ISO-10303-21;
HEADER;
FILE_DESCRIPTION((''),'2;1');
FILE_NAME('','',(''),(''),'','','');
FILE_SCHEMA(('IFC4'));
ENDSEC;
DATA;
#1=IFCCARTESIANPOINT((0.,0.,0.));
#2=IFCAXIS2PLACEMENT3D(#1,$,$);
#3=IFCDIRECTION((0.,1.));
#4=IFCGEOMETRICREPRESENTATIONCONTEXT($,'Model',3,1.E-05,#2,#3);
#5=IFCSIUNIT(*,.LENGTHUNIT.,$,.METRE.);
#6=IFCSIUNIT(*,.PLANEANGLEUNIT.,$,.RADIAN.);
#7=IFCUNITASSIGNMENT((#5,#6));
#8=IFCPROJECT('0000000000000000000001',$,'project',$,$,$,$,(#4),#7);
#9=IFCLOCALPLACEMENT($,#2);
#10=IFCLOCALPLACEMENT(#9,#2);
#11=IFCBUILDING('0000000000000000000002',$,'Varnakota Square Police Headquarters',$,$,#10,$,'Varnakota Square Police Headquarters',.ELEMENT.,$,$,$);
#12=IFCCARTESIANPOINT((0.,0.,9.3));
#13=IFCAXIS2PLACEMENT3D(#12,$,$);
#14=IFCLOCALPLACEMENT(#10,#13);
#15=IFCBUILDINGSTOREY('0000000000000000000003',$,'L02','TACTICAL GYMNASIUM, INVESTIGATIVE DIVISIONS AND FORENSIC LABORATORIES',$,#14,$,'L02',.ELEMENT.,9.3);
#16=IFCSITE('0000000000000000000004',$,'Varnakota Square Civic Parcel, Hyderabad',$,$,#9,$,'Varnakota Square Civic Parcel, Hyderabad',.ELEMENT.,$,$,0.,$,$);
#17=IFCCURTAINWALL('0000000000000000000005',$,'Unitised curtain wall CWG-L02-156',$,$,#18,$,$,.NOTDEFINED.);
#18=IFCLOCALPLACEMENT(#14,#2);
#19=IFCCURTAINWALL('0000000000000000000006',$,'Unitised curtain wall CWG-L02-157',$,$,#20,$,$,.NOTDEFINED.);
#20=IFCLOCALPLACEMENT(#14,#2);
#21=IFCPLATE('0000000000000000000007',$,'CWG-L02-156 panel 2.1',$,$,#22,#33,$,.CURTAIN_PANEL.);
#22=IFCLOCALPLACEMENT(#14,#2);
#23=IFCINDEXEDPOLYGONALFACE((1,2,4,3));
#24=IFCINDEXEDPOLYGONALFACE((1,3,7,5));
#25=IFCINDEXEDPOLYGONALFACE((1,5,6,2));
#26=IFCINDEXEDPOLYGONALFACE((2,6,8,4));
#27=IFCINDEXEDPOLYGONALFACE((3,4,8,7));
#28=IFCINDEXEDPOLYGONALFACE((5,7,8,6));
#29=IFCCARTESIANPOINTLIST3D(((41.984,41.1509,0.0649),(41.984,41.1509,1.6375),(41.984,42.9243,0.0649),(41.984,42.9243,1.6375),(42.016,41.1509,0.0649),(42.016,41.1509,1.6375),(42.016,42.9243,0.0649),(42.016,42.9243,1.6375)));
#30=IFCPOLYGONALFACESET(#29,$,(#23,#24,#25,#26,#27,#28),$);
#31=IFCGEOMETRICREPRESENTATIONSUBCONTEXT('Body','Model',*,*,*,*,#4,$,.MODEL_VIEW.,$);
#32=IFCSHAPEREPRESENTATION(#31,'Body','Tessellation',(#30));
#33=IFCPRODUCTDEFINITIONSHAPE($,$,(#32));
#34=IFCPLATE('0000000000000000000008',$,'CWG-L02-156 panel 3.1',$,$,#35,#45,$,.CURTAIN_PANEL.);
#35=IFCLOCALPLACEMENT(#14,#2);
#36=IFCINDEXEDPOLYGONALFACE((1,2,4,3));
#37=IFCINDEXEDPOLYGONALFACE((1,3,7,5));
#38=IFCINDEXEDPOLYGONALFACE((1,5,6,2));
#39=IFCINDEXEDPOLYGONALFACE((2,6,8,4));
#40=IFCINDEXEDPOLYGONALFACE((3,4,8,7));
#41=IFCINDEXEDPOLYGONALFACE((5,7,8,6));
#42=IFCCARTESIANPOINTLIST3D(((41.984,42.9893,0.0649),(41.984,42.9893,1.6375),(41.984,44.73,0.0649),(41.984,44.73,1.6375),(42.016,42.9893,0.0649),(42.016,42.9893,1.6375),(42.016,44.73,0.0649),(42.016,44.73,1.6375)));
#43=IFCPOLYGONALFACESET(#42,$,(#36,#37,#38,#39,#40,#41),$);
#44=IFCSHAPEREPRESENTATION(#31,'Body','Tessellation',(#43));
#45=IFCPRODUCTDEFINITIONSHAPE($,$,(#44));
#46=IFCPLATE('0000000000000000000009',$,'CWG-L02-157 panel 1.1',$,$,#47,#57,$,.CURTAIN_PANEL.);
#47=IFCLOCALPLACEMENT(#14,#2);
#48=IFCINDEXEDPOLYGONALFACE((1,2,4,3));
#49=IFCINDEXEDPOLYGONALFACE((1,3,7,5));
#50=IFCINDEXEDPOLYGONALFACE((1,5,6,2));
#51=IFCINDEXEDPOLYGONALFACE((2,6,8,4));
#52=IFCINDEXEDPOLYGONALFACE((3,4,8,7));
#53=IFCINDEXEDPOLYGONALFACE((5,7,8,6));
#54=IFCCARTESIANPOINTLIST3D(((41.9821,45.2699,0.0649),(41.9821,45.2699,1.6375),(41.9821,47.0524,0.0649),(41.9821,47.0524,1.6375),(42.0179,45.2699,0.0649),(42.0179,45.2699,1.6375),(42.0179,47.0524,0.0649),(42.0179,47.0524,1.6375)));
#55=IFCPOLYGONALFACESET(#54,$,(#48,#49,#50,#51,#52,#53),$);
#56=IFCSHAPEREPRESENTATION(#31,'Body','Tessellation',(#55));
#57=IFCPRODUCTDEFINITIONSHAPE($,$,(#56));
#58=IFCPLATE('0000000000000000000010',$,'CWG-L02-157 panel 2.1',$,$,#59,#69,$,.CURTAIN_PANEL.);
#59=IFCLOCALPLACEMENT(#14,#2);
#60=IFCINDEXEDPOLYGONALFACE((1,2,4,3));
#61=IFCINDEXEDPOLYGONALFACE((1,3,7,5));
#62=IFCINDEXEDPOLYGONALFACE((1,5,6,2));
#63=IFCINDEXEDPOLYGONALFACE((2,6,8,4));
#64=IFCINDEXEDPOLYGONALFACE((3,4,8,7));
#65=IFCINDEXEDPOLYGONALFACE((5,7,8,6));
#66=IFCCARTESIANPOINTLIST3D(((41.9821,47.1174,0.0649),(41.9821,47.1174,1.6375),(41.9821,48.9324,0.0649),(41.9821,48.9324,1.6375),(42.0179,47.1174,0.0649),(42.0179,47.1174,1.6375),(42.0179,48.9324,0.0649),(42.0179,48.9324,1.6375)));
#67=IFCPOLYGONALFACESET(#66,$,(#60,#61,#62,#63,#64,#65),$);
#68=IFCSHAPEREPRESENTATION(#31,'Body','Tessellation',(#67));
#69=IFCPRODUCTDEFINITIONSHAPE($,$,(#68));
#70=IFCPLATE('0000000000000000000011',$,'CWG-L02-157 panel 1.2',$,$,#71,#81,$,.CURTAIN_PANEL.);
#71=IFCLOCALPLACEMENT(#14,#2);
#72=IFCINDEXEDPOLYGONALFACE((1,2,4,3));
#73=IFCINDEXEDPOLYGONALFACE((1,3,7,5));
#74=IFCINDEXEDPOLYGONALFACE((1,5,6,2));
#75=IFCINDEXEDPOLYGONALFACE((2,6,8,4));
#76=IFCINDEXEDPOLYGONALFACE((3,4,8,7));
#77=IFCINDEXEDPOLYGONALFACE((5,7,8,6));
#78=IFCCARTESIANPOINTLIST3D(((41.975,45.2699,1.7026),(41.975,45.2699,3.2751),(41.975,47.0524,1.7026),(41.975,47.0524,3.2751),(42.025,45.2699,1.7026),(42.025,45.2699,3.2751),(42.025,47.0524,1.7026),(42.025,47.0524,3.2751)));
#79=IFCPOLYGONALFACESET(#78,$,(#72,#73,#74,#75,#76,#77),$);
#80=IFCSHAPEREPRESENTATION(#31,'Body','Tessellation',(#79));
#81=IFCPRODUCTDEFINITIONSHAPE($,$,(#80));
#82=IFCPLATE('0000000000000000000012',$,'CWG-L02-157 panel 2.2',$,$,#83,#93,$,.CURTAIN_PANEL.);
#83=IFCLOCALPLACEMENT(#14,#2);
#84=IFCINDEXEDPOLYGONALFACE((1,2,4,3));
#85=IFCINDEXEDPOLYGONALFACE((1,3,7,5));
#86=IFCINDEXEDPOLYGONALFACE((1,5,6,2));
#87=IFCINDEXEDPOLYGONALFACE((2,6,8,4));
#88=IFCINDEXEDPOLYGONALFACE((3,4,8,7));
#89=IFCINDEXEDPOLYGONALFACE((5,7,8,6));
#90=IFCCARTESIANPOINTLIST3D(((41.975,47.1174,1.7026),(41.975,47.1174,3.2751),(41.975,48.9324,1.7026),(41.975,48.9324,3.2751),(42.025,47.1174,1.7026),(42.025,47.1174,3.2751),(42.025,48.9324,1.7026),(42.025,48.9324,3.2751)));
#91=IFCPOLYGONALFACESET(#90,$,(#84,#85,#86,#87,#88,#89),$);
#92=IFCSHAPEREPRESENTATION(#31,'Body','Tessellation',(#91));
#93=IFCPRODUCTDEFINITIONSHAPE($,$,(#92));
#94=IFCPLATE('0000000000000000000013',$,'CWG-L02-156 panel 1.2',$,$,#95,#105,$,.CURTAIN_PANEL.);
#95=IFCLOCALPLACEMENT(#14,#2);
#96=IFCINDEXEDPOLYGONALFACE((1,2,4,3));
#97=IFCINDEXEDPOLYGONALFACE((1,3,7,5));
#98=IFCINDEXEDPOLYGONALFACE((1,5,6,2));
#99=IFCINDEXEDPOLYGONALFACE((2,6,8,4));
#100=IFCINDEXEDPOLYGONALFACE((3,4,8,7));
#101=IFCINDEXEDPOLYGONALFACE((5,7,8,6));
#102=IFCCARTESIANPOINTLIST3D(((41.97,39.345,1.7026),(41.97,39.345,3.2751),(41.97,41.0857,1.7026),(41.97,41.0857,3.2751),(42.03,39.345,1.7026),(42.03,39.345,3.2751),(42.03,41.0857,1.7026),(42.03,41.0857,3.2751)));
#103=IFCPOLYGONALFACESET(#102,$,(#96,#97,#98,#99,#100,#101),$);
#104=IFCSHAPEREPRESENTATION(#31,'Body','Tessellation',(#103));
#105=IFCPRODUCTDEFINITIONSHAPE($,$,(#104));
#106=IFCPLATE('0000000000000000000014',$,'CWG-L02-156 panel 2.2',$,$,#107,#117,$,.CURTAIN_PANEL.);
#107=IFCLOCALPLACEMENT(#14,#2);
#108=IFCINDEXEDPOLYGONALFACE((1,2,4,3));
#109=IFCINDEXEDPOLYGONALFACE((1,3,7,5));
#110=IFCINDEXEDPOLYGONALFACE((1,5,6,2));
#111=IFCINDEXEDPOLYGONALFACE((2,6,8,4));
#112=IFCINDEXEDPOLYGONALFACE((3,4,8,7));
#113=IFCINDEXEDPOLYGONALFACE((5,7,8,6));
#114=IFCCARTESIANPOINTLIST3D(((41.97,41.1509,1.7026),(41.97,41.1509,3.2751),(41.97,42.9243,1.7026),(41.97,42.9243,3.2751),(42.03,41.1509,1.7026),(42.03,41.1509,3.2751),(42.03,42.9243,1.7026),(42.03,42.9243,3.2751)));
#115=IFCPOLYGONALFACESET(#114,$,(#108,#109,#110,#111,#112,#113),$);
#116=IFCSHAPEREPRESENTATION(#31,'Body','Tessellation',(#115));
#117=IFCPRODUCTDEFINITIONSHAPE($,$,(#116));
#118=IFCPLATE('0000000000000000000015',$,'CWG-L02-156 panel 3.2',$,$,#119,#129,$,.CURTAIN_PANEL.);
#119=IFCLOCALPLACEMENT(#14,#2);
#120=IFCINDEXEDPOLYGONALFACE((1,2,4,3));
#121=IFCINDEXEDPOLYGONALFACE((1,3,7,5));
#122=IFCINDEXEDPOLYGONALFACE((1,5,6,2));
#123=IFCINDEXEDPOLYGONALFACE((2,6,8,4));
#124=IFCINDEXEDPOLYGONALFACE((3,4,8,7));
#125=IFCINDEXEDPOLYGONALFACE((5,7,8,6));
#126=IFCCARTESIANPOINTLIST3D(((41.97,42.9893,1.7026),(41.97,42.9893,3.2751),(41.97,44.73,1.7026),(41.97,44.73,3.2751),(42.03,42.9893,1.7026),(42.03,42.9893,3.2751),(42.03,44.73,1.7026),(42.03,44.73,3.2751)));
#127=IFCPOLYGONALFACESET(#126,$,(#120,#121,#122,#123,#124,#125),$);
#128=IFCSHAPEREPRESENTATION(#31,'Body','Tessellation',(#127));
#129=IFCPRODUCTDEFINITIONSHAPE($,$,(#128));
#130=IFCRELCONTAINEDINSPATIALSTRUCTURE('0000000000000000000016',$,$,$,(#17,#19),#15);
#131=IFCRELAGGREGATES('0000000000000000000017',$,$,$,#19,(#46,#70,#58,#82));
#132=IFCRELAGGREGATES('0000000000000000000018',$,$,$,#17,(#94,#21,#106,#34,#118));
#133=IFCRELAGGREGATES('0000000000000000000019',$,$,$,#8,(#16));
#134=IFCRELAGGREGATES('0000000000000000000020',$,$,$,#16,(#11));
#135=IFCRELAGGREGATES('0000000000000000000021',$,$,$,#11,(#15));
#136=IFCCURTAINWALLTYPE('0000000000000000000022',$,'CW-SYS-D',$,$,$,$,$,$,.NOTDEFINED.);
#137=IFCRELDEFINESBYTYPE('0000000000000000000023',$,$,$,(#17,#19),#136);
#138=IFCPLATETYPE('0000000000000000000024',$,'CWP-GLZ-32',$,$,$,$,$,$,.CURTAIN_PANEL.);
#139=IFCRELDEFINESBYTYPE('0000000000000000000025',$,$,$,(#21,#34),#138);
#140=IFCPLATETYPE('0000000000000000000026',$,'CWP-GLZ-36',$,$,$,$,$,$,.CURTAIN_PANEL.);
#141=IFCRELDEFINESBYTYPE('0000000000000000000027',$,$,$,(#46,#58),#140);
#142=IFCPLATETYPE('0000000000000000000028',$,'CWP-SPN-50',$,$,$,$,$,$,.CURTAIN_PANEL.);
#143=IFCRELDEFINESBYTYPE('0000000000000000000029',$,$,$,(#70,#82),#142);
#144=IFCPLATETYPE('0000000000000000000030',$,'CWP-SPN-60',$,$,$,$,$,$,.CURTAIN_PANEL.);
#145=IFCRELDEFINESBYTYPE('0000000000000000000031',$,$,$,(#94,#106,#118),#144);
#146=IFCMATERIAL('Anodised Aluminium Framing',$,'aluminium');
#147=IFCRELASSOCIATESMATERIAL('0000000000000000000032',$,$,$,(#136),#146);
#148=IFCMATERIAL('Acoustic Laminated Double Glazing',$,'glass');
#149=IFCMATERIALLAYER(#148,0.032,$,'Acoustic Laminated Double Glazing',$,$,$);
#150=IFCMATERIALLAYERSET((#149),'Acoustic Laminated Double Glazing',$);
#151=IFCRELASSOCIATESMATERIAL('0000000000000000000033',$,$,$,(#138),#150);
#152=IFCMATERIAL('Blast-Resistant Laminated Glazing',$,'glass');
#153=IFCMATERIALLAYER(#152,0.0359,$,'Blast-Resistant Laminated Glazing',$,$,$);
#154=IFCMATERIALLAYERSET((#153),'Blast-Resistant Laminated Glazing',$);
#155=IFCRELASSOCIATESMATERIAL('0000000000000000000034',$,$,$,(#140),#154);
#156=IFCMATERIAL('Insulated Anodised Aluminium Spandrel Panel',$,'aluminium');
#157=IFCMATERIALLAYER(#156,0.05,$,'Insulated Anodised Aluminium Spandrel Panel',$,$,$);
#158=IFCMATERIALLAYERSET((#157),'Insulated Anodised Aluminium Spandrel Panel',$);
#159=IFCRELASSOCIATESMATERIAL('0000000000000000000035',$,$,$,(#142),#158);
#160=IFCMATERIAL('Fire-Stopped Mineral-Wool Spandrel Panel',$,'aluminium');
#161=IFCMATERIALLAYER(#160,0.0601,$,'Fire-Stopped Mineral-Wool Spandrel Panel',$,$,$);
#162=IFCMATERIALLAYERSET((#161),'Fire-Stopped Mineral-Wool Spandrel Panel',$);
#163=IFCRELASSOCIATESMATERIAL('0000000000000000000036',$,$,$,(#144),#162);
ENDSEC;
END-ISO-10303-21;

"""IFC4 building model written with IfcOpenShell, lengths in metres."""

from ifc_helpers import new_model, si_unit, direction, frame, origin, origin_2d, place, context, subcontext, project, spatial, rectangle, extrude, material, layer, layer_set, type_object, element, aggregate, save


model = new_model("IFC4")

# Units and contexts
model_context = context("Model", 3, precision=1e-05, world=origin(), true_north=direction((0.0, 1.0)))
body_context = subcontext(model_context, "Body", "Model", "MODEL_VIEW")
ifc_project = project(units=[si_unit("LENGTHUNIT", "METRE"), si_unit("PLANEANGLEUNIT", "RADIAN")], contexts=[model_context])

# Site, building, storey
site_placement = place(None, origin())
site = spatial("IfcSite", under=ifc_project, at=site_placement, Name="Varnakota Square Civic Parcel, Hyderabad", LongName="Varnakota Square Civic Parcel, Hyderabad", CompositionType="ELEMENT", RefElevation=0.0)
building_placement = place(site_placement, origin())
building = spatial("IfcBuilding", under=site, at=building_placement, Name="Varnakota Square Police Headquarters", LongName="Varnakota Square Police Headquarters", CompositionType="ELEMENT")
storey_placement = place(building_placement, frame((0.0, 0.0, 9.3)))
storey = spatial("IfcBuildingStorey", under=building, at=storey_placement, Name="L02", Description="TACTICAL GYMNASIUM, INVESTIGATIVE DIVISIONS AND FORENSIC LABORATORIES", LongName="L02", CompositionType="ELEMENT", Elevation=9.3)

# Curtain walls
ifc_material_1 = material(Name="Anodised Aluminium Framing", Category="aluminium")
curtain_wall_type = type_object("IfcCurtainWallType", Name="CW-SYS-D", PredefinedType="NOTDEFINED", material=ifc_material_1)
curtain_wall_1_placement = place(storey_placement, origin())
curtain_wall_1 = element("IfcCurtainWall", 1, at=curtain_wall_1_placement, inside=storey, type_object=curtain_wall_type, Name="Unitised curtain wall CWG-L02-156", PredefinedType="NOTDEFINED")
curtain_wall_2_placement = place(storey_placement, origin())
curtain_wall_2 = element("IfcCurtainWall", 2, at=curtain_wall_2_placement, inside=storey, type_object=curtain_wall_type, Name="Unitised curtain wall CWG-L02-157", PredefinedType="NOTDEFINED")

# Plates
ifc_material_2 = material(Name="Acoustic Laminated Double Glazing", Category="glass")
ifc_layer_1 = layer(ifc_material_2, 0.032, Name="Acoustic Laminated Double Glazing")
ifc_layer_set_1 = layer_set([ifc_layer_1], Name="Acoustic Laminated Double Glazing")
plate_type_1 = type_object("IfcPlateType", Name="CWP-GLZ-32", PredefinedType="CURTAIN_PANEL", material=ifc_layer_set_1)
plate_1_placement = place(storey_placement, frame((42.0, 42.0376, 0.0649), z_axis=(0.0, 0.0, 1.0), x_axis=(0.0, 1.0, 0.0)))
plate_1 = element("IfcPlate", 3, at=plate_1_placement, type_object=plate_type_1, Name="CWG-L02-156 panel 2.1", PredefinedType="CURTAIN_PANEL", context=body_context, shape_type="SweptSolid", body=[
    extrude(rectangle(XDim=1.7734, YDim=0.032, at=origin_2d()), origin(), (0.0, 0.0, 1.0), 1.5725),
])
plate_2_placement = place(storey_placement, frame((42.0, 43.8596, 0.0649), z_axis=(0.0, 0.0, 1.0), x_axis=(0.0, 1.0, 0.0)))
plate_2 = element("IfcPlate", 4, at=plate_2_placement, type_object=plate_type_1, Name="CWG-L02-156 panel 3.1", PredefinedType="CURTAIN_PANEL", context=body_context, shape_type="SweptSolid", body=[
    extrude(rectangle(XDim=1.7407, YDim=0.032, at=origin_2d()), origin(), (0.0, 0.0, 1.0), 1.5725),
])
ifc_material_3 = material(Name="Blast-Resistant Laminated Glazing", Category="glass")
ifc_layer_2 = layer(ifc_material_3, 0.0359, Name="Blast-Resistant Laminated Glazing")
ifc_layer_set_2 = layer_set([ifc_layer_2], Name="Blast-Resistant Laminated Glazing")
plate_type_2 = type_object("IfcPlateType", Name="CWP-GLZ-36", PredefinedType="CURTAIN_PANEL", material=ifc_layer_set_2)
plate_3_placement = place(storey_placement, frame((42.0, 46.1611, 0.0649), z_axis=(0.0, 0.0, 1.0), x_axis=(0.0, 1.0, 0.0)))
plate_3 = element("IfcPlate", 5, at=plate_3_placement, type_object=plate_type_2, Name="CWG-L02-157 panel 1.1", PredefinedType="CURTAIN_PANEL", context=body_context, shape_type="SweptSolid", body=[
    extrude(rectangle(XDim=1.7825, YDim=0.0359, at=origin_2d()), origin(), (0.0, 0.0, 1.0), 1.5725),
])
plate_4_placement = place(storey_placement, frame((42.0, 48.0249, 0.0649), z_axis=(0.0, 0.0, 1.0), x_axis=(0.0, 1.0, 0.0)))
plate_4 = element("IfcPlate", 6, at=plate_4_placement, type_object=plate_type_2, Name="CWG-L02-157 panel 2.1", PredefinedType="CURTAIN_PANEL", context=body_context, shape_type="SweptSolid", body=[
    extrude(rectangle(XDim=1.8149, YDim=0.0359, at=origin_2d()), origin(), (0.0, 0.0, 1.0), 1.5725),
])
ifc_material_4 = material(Name="Insulated Anodised Aluminium Spandrel Panel", Category="aluminium")
ifc_layer_3 = layer(ifc_material_4, 0.05, Name="Insulated Anodised Aluminium Spandrel Panel")
ifc_layer_set_3 = layer_set([ifc_layer_3], Name="Insulated Anodised Aluminium Spandrel Panel")
plate_type_3 = type_object("IfcPlateType", Name="CWP-SPN-50", PredefinedType="CURTAIN_PANEL", material=ifc_layer_set_3)
plate_5_placement = place(storey_placement, frame((42.0, 46.1611, 1.7026), z_axis=(0.0, 0.0, 1.0), x_axis=(0.0, 1.0, 0.0)))
plate_5 = element("IfcPlate", 7, at=plate_5_placement, type_object=plate_type_3, Name="CWG-L02-157 panel 1.2", PredefinedType="CURTAIN_PANEL", context=body_context, shape_type="SweptSolid", body=[
    extrude(rectangle(XDim=1.7825, YDim=0.05, at=origin_2d()), origin(), (0.0, 0.0, 1.0), 1.5725),
])
plate_6_placement = place(storey_placement, frame((42.0, 48.0249, 1.7026), z_axis=(0.0, 0.0, 1.0), x_axis=(0.0, 1.0, 0.0)))
plate_6 = element("IfcPlate", 8, at=plate_6_placement, type_object=plate_type_3, Name="CWG-L02-157 panel 2.2", PredefinedType="CURTAIN_PANEL", context=body_context, shape_type="SweptSolid", body=[
    extrude(rectangle(XDim=1.8149, YDim=0.05, at=origin_2d()), origin(), (0.0, 0.0, 1.0), 1.5725),
])
aggregate(curtain_wall_2, [plate_3, plate_5, plate_4, plate_6])
ifc_material_5 = material(Name="Fire-Stopped Mineral-Wool Spandrel Panel", Category="aluminium")
ifc_layer_4 = layer(ifc_material_5, 0.0601, Name="Fire-Stopped Mineral-Wool Spandrel Panel")
ifc_layer_set_4 = layer_set([ifc_layer_4], Name="Fire-Stopped Mineral-Wool Spandrel Panel")
plate_type_4 = type_object("IfcPlateType", Name="CWP-SPN-60", PredefinedType="CURTAIN_PANEL", material=ifc_layer_set_4)
plate_7_placement = place(storey_placement, frame((42.0, 40.2153, 1.7026), z_axis=(0.0, 0.0, 1.0), x_axis=(0.0, 1.0, 0.0)))
plate_7 = element("IfcPlate", 9, at=plate_7_placement, type_object=plate_type_4, Name="CWG-L02-156 panel 1.2", PredefinedType="CURTAIN_PANEL", context=body_context, shape_type="SweptSolid", body=[
    extrude(rectangle(XDim=1.7407, YDim=0.0601, at=origin_2d()), origin(), (0.0, 0.0, 1.0), 1.5725),
])
plate_8_placement = place(storey_placement, frame((42.0, 42.0376, 1.7026), z_axis=(0.0, 0.0, 1.0), x_axis=(0.0, 1.0, 0.0)))
plate_8 = element("IfcPlate", 10, at=plate_8_placement, type_object=plate_type_4, Name="CWG-L02-156 panel 2.2", PredefinedType="CURTAIN_PANEL", context=body_context, shape_type="SweptSolid", body=[
    extrude(rectangle(XDim=1.7734, YDim=0.0601, at=origin_2d()), origin(), (0.0, 0.0, 1.0), 1.5725),
])
plate_9_placement = place(storey_placement, frame((42.0, 43.8596, 1.7026), z_axis=(0.0, 0.0, 1.0), x_axis=(0.0, 1.0, 0.0)))
plate_9 = element("IfcPlate", 11, at=plate_9_placement, type_object=plate_type_4, Name="CWG-L02-156 panel 3.2", PredefinedType="CURTAIN_PANEL", context=body_context, shape_type="SweptSolid", body=[
    extrude(rectangle(XDim=1.7407, YDim=0.0601, at=origin_2d()), origin(), (0.0, 0.0, 1.0), 1.5725),
])
aggregate(curtain_wall_1, [plate_7, plate_1, plate_8, plate_2, plate_9])

save(model, "model.ifc")
